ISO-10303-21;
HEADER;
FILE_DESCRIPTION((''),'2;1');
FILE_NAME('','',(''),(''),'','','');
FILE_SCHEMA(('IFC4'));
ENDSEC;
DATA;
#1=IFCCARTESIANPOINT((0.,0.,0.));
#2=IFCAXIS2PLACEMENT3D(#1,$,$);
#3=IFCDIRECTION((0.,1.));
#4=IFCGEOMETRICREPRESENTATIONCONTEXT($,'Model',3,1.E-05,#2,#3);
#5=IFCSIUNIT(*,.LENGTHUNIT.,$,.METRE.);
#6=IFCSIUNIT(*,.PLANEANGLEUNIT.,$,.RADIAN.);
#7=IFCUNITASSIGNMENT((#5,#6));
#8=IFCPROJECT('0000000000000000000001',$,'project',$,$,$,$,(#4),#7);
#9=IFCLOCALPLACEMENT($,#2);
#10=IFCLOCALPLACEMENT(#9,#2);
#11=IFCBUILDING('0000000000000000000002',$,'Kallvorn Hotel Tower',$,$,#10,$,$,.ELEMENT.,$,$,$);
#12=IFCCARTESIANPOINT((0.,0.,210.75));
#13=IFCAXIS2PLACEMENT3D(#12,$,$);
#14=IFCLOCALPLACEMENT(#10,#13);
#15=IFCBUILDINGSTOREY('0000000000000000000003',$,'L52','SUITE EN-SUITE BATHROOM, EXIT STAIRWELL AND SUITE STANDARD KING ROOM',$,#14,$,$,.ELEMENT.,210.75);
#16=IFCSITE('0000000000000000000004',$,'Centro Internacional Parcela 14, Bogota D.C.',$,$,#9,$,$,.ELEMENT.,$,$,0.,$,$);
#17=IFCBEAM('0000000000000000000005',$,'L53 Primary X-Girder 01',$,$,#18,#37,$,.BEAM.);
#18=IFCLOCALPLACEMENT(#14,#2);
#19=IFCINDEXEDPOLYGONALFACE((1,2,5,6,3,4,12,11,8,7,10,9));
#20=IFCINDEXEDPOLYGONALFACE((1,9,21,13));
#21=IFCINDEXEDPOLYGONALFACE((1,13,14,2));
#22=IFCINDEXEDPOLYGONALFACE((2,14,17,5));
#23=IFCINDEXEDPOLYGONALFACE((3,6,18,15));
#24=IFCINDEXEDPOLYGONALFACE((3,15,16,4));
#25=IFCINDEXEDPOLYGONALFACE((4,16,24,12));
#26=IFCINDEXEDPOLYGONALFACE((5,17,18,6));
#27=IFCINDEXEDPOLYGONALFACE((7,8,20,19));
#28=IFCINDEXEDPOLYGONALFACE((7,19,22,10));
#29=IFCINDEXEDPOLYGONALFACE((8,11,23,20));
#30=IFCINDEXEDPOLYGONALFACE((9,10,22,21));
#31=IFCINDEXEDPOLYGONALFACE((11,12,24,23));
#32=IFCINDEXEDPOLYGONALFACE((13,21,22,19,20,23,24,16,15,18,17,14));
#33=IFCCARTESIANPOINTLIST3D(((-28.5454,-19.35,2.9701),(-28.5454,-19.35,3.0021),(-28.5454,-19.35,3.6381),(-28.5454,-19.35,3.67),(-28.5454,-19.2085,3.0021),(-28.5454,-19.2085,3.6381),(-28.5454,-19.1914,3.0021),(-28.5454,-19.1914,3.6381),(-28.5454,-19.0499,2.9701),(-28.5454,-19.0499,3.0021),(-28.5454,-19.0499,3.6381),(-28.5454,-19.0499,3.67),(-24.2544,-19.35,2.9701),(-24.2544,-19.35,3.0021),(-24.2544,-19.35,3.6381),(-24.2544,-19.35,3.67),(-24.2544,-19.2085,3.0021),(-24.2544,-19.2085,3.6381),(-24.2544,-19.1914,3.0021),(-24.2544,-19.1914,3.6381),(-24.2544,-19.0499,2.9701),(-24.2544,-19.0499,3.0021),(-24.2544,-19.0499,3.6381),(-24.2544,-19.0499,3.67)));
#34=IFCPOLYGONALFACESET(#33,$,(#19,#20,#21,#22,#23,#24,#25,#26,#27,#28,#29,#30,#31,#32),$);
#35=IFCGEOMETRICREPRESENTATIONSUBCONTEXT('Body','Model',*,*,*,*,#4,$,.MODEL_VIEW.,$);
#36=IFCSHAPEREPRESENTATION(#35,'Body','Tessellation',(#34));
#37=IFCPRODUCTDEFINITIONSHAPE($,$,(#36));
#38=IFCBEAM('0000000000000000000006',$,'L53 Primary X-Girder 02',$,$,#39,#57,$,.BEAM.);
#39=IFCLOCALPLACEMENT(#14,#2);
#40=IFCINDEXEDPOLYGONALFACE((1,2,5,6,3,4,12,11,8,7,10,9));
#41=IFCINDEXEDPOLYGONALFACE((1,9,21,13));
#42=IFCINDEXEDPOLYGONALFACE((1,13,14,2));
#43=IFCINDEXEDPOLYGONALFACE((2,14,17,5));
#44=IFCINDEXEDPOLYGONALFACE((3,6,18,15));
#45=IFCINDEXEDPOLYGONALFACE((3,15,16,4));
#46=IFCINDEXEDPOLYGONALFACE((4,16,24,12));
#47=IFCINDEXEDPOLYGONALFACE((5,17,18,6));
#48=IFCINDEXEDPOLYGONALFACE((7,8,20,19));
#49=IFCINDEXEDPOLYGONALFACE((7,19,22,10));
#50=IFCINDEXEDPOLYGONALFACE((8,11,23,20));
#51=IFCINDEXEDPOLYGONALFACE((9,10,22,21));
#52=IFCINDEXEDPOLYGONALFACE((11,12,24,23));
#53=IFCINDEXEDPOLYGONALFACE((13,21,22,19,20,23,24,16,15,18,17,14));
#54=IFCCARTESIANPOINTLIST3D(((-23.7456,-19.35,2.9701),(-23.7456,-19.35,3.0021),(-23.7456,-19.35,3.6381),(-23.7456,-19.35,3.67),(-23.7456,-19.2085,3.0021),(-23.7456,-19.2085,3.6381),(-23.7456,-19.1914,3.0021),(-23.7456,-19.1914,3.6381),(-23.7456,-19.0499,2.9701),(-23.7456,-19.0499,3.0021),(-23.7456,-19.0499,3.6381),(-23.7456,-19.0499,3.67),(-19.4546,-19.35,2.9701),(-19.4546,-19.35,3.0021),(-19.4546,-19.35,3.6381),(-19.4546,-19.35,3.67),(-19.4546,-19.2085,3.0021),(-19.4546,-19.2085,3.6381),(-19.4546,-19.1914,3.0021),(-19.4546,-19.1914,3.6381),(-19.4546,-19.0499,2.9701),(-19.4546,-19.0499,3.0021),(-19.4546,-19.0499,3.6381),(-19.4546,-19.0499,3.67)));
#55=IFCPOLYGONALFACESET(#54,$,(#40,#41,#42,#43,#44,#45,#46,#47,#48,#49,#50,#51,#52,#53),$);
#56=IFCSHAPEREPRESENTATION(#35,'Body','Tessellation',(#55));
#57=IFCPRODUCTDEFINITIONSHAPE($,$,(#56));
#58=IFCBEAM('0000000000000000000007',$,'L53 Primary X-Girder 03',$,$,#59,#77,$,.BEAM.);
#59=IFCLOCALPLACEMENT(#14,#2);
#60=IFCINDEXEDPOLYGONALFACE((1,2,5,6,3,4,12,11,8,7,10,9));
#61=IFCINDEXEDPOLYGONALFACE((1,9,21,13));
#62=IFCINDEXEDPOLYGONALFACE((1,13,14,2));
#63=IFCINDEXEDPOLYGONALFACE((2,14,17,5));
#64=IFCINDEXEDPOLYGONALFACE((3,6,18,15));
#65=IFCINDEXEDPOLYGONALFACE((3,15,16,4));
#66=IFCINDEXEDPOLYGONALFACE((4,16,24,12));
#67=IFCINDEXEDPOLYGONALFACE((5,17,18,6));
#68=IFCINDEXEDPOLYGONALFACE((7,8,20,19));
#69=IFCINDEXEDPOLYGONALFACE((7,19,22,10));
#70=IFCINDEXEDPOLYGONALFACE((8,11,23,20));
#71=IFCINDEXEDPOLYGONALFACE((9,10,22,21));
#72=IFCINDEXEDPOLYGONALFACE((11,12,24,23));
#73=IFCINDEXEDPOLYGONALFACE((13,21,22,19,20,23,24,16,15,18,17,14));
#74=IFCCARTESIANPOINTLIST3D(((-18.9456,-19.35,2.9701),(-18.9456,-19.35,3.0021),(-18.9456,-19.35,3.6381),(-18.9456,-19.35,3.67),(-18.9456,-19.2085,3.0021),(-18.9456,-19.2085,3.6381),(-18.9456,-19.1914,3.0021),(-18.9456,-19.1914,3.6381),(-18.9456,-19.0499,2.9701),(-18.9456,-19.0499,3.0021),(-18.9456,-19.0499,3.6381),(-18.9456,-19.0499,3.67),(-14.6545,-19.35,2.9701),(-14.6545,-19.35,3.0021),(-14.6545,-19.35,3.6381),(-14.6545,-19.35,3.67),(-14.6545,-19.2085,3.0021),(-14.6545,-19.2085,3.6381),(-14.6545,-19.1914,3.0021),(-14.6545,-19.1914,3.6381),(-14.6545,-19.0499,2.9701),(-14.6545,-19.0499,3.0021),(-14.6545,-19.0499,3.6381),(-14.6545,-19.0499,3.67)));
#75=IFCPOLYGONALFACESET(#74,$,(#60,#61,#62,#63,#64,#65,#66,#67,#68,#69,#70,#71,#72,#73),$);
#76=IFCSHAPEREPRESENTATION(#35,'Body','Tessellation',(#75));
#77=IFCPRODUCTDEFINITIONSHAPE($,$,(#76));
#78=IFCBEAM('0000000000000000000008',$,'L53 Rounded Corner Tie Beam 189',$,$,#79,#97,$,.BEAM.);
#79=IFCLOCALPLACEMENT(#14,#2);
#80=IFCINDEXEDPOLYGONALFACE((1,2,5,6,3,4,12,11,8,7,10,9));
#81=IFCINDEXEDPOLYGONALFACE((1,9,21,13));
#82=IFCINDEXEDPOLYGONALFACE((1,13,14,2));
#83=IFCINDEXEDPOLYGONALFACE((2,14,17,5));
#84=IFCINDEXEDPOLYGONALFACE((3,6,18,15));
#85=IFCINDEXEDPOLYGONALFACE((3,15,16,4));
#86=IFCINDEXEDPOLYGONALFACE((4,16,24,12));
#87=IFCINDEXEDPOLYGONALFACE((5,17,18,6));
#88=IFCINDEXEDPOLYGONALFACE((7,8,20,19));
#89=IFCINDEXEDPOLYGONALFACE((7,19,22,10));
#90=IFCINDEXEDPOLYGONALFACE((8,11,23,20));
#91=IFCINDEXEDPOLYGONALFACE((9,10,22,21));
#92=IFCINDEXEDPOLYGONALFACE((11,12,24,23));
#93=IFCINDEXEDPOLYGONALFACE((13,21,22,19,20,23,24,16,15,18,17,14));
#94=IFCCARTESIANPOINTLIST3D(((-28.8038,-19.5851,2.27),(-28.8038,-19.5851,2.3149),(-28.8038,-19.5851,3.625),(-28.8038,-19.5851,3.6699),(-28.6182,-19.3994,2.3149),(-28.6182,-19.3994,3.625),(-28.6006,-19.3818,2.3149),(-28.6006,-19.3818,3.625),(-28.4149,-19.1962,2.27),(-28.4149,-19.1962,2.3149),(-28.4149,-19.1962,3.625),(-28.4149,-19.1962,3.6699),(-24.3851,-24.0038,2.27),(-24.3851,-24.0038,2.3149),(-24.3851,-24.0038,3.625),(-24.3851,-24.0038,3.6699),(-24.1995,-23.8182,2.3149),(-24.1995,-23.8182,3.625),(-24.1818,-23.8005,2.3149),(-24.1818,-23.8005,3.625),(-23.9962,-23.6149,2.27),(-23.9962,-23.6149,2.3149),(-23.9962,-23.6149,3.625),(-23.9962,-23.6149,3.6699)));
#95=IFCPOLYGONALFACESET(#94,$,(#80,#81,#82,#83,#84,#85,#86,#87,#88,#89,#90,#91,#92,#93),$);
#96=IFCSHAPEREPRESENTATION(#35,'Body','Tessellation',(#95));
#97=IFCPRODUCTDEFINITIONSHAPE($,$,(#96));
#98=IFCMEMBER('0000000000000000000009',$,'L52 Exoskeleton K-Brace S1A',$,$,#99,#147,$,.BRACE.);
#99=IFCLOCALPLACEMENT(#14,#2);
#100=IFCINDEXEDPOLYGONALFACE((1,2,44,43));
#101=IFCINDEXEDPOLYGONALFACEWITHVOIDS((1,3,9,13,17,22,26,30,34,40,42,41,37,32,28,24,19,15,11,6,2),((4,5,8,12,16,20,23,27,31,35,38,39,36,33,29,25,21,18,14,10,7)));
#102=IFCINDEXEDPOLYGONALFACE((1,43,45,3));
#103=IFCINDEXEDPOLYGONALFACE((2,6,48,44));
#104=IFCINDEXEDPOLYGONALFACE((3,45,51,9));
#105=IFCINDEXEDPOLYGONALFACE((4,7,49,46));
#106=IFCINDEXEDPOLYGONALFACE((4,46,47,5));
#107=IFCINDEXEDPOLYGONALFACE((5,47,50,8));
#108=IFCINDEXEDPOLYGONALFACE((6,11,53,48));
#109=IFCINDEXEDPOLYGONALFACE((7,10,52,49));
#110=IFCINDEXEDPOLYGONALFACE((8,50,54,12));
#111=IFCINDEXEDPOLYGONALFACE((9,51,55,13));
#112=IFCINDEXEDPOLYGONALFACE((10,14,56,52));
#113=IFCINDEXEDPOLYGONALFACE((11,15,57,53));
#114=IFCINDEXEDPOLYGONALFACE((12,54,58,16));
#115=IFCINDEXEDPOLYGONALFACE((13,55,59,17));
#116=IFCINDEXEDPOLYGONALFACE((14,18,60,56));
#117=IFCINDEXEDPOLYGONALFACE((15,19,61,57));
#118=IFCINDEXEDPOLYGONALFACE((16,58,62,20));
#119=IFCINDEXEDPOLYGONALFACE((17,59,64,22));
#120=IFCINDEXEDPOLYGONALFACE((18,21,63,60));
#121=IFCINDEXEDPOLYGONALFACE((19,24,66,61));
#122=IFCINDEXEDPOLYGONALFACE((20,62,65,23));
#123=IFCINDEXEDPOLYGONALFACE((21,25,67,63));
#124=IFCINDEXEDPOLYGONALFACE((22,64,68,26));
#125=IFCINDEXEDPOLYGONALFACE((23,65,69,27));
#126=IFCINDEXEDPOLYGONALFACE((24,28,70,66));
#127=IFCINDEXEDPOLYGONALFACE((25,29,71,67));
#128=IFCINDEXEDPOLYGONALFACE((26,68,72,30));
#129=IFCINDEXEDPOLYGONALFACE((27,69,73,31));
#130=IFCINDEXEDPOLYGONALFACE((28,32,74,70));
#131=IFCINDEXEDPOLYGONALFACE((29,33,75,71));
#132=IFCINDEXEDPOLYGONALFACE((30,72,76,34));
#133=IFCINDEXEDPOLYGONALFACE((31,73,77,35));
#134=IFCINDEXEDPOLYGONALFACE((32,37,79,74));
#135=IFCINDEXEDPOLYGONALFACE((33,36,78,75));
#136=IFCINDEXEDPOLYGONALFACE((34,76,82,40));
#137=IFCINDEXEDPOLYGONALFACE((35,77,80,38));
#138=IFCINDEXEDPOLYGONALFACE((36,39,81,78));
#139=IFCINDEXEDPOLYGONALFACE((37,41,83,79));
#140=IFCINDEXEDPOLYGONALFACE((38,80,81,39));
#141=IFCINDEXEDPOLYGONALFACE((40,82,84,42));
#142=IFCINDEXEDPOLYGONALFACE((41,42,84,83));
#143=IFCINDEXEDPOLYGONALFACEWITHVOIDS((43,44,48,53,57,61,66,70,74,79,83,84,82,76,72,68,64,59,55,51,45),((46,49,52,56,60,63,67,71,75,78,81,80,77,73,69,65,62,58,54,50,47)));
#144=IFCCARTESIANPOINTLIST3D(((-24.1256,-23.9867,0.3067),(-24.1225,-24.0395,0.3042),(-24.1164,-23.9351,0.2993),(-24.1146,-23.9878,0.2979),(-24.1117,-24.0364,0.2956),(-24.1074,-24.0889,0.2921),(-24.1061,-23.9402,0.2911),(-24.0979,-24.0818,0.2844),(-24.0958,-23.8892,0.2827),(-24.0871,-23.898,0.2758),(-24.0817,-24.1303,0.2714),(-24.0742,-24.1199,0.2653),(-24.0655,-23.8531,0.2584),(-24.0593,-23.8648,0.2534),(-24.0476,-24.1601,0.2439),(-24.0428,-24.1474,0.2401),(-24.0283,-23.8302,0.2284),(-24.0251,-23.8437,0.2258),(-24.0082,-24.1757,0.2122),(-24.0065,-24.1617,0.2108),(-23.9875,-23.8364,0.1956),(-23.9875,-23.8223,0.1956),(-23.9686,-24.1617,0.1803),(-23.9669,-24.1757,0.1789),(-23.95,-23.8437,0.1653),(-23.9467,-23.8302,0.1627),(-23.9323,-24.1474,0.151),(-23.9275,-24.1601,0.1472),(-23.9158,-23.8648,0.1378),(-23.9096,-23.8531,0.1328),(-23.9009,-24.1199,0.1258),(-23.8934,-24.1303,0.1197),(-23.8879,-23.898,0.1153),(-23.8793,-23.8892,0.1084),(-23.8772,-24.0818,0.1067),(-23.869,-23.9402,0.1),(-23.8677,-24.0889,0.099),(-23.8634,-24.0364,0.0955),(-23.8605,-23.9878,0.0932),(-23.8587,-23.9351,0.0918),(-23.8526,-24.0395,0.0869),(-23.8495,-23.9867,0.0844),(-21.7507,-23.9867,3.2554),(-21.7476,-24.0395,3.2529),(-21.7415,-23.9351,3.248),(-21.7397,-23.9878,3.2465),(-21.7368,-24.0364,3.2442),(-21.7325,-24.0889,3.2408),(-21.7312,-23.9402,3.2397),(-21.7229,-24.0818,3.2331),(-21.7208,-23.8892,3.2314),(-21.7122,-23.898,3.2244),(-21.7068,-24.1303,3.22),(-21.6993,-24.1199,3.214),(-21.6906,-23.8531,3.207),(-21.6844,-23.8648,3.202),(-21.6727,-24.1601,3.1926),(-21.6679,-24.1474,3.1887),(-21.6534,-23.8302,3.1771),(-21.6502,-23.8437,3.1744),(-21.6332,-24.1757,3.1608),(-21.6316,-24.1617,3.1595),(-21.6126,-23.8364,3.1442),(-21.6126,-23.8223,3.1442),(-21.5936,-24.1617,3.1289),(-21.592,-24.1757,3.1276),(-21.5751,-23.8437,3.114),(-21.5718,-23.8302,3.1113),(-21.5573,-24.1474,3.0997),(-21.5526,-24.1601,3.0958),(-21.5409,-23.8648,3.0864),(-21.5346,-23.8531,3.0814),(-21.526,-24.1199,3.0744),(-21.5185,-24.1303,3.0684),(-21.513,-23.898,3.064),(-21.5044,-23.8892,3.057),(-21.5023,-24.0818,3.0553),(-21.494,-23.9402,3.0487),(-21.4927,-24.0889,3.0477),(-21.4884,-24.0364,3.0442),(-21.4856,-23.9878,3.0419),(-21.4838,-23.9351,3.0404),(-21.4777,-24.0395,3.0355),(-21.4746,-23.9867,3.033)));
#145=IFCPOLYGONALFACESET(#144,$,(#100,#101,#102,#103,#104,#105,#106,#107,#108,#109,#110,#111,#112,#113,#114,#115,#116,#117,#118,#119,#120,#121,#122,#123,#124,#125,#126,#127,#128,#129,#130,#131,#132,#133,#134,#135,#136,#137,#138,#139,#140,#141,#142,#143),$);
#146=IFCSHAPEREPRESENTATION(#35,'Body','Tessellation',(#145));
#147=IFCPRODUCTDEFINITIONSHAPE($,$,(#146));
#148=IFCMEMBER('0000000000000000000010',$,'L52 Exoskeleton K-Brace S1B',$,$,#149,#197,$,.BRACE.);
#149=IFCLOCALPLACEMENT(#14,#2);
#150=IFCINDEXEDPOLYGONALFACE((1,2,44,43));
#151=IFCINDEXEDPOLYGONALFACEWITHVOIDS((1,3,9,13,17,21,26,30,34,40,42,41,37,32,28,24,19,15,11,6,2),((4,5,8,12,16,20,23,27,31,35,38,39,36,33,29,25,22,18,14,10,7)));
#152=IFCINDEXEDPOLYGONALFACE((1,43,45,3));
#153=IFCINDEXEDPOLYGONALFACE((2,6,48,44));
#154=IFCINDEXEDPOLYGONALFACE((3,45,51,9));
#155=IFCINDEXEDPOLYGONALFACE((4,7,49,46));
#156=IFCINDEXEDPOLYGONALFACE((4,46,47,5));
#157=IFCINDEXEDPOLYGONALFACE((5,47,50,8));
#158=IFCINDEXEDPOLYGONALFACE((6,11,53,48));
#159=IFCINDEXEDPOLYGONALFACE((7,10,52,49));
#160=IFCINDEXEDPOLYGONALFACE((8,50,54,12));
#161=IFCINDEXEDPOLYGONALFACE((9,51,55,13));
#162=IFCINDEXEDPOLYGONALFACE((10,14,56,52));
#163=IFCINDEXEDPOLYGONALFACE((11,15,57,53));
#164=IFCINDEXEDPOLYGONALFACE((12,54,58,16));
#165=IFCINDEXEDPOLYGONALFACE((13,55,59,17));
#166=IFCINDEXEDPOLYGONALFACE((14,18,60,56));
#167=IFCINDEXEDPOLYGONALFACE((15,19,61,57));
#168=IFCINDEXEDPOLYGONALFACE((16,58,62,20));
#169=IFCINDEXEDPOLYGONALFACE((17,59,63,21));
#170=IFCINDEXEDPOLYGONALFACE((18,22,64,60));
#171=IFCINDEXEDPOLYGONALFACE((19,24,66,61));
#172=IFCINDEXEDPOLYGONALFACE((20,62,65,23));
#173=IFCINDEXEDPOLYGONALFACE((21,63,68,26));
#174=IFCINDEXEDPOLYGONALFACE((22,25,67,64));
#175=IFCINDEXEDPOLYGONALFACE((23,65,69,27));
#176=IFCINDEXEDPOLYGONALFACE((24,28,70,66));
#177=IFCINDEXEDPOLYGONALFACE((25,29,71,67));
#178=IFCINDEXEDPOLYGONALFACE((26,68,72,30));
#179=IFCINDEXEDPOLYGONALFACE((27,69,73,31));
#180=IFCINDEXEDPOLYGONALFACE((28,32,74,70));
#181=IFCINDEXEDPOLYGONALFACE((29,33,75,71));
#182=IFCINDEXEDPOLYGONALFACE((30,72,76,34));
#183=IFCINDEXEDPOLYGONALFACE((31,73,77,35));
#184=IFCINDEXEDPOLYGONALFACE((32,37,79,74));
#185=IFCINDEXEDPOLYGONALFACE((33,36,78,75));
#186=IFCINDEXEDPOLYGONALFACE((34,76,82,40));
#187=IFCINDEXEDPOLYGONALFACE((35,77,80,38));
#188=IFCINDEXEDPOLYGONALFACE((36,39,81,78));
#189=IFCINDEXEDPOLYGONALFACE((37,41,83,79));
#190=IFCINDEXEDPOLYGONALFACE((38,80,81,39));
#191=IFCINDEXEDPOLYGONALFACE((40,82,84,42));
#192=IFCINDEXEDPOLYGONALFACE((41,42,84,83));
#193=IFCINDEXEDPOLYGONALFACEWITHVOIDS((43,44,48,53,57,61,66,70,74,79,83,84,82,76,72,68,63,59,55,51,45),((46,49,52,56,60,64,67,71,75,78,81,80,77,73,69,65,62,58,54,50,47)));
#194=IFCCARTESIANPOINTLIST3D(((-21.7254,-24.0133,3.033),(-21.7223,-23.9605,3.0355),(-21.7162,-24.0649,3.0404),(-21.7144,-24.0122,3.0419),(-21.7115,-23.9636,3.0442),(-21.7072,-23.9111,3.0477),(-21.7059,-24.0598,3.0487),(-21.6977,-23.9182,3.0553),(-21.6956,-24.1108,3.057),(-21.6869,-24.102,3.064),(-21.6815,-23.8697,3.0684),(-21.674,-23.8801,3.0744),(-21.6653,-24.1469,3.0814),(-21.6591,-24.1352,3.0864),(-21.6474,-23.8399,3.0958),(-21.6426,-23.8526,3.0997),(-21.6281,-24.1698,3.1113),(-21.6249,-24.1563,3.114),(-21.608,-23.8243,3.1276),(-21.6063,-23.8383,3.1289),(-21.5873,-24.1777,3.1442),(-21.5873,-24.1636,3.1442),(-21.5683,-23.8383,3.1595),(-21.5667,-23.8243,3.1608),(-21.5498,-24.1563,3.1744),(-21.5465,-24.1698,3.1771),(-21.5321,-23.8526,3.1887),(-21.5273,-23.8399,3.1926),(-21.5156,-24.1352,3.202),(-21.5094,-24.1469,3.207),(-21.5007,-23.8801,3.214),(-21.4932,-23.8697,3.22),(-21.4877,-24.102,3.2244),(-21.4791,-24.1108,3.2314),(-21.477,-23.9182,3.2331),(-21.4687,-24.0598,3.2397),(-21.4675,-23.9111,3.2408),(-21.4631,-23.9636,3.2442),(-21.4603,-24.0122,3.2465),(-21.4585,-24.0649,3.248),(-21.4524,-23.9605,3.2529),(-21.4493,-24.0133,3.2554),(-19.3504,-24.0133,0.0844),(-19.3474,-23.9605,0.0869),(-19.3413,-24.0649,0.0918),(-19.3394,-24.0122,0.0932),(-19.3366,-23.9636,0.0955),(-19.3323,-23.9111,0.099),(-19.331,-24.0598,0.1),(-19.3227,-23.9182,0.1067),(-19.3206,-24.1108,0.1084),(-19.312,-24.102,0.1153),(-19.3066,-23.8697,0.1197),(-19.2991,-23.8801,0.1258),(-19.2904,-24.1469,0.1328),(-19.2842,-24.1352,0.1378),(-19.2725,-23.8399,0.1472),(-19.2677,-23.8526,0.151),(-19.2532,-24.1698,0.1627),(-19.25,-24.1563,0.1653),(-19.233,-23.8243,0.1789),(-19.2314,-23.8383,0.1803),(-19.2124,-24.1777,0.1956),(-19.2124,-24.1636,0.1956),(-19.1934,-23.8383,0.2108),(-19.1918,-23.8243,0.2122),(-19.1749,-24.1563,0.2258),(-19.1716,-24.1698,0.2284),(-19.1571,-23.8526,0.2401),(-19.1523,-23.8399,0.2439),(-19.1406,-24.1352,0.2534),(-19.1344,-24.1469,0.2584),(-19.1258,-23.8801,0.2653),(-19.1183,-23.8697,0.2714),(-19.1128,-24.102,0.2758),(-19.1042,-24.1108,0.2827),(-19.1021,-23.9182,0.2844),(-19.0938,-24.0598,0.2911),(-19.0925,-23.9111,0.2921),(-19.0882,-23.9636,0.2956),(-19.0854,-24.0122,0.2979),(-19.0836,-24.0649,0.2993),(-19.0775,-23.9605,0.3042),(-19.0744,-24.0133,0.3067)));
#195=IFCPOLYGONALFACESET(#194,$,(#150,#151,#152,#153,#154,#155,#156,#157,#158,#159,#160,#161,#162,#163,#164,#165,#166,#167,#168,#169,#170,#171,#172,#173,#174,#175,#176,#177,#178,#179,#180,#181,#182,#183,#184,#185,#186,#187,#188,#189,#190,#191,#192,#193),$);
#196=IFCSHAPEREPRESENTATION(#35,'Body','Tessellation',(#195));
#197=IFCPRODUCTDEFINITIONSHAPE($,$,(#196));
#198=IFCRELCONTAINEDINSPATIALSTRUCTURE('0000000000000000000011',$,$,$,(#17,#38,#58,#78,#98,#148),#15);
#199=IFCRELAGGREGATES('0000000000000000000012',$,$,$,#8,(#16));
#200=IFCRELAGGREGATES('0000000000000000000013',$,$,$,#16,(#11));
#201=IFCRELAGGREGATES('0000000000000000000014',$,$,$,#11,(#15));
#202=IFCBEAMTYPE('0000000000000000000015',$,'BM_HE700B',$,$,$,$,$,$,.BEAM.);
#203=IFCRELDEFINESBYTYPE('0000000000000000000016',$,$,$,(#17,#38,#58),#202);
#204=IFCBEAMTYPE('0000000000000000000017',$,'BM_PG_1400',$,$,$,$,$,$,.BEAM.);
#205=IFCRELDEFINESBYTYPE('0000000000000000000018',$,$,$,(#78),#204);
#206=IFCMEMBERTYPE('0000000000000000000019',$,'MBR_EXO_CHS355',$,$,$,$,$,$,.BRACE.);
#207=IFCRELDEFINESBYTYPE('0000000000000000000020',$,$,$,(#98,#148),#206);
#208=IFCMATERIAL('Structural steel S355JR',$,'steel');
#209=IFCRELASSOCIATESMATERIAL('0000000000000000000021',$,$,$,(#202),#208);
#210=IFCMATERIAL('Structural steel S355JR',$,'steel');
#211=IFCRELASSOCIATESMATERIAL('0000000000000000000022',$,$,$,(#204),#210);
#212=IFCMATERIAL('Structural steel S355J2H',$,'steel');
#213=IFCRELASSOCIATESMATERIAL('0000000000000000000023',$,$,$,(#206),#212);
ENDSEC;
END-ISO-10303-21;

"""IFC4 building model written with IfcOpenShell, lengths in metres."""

from ifc_helpers import new_model, si_unit, direction, frame, origin, origin_2d, place, context, subcontext, project, spatial, hollow_circle, i_section, extrude, material, material_profile, profile_set, type_object, element, save


model = new_model("IFC4")

# Units and contexts
model_context = context("Model", 3, precision=1e-05, world=origin(), true_north=direction((0.0, 1.0)))
body_context = subcontext(model_context, "Body", "Model", "MODEL_VIEW")
ifc_project = project(units=[si_unit("LENGTHUNIT", "METRE"), si_unit("PLANEANGLEUNIT", "RADIAN")], contexts=[model_context])

# Site, building, storey
site_placement = place(None, origin())
site = spatial("IfcSite", under=ifc_project, at=site_placement, Name="Centro Internacional Parcela 14, Bogota D.C.", CompositionType="ELEMENT", RefElevation=0.0)
building_placement = place(site_placement, origin())
building = spatial("IfcBuilding", under=site, at=building_placement, Name="Kallvorn Hotel Tower", CompositionType="ELEMENT")
storey_placement = place(building_placement, frame((0.0, 0.0, 210.75)))
storey = spatial("IfcBuildingStorey", under=building, at=storey_placement, Name="L52", Description="SUITE EN-SUITE BATHROOM, EXIT STAIRWELL AND SUITE STANDARD KING ROOM", CompositionType="ELEMENT", Elevation=210.75)

# Beams
ifc_material_1 = material(Name="Structural steel S355JR", Category="steel")
ifc_material_profile_1 = material_profile(ifc_material_1, i_section(OverallWidth=0.3, OverallDepth=0.7, WebThickness=0.0171, FlangeThickness=0.032, at=origin_2d()), Name="HE 700 B")
ifc_profile_set_1 = profile_set([ifc_material_profile_1], Name="Structural steel S355JR")
beam_type_1 = type_object("IfcBeamType", Name="BM_HE700B", PredefinedType="BEAM", material=ifc_profile_set_1)
for number, where, z_axis, x_axis, name in (
    (1, (-28.5454, -19.2, 3.3201), (1.0, 0.0, 0.0), (0.0, 1.0, 0.0), "L53 Primary X-Girder 01"),
    (2, (-23.7456, -19.2, 3.3201), (1.0, 0.0, 0.0), (0.0, 1.0, 0.0), "L53 Primary X-Girder 02"),
    (3, (-18.9456, -19.2, 3.3201), (1.0, 0.0, 0.0), (0.0, 1.0, 0.0), "L53 Primary X-Girder 03"),
):
    element("IfcBeam", number, at=place(storey_placement, frame(where, z_axis=z_axis, x_axis=x_axis)), inside=storey, type_object=beam_type_1, Name=name, PredefinedType="BEAM", context=body_context, shape_type="SweptSolid", body=[
        extrude(i_section(OverallWidth=0.3, OverallDepth=0.7, WebThickness=0.0171, FlangeThickness=0.032, at=origin_2d()), origin(), (0.0, 0.0, 1.0), 4.291),
    ])
ifc_material_2 = material(Name="Structural steel S355JR", Category="steel")
ifc_material_profile_2 = material_profile(ifc_material_2, i_section(OverallWidth=0.55, OverallDepth=1.3999, WebThickness=0.0249, FlangeThickness=0.0449, at=origin_2d()), Name="PG 1400x550x25x45")
ifc_profile_set_2 = profile_set([ifc_material_profile_2], Name="Structural steel S355JR")
beam_type_2 = type_object("IfcBeamType", Name="BM_PG_1400", PredefinedType="BEAM", material=ifc_profile_set_2)
beam_placement = place(storey_placement, frame((-28.6094, -19.3906, 2.97), z_axis=(0.707107, -0.707107, 0.0), x_axis=(0.707107, 0.707107, 0.0)))
element("IfcBeam", 4, at=beam_placement, inside=storey, type_object=beam_type_2, Name="L53 Rounded Corner Tie Beam 189", PredefinedType="BEAM", context=body_context, shape_type="SweptSolid", body=[
    extrude(i_section(OverallWidth=0.55, OverallDepth=1.3999, WebThickness=0.0249, FlangeThickness=0.0449, at=origin_2d()), origin(), (0.0, 0.0, 1.0), 6.249),
])

# Members
ifc_material_3 = material(Name="Structural steel S355J2H", Category="steel")
ifc_material_profile_3 = material_profile(ifc_material_3, hollow_circle(Radius=0.1777, WallThickness=0.0142, at=origin_2d()), Name="CHS 355.6x14.2")
ifc_profile_set_3 = profile_set([ifc_material_profile_3], Name="Structural steel S355J2H")
member_type = type_object("IfcMemberType", Name="MBR_EXO_CHS355", PredefinedType="BRACE", material=ifc_profile_set_3)
for number, where, z_axis, x_axis, name in (
    (5, (-23.9875, -24.0, 0.1956), (0.627271, 0.0, 0.778801), (0.0, 1.0, 0.0), "L52 Exoskeleton K-Brace S1A"),
    (6, (-19.2124, -24.0, 0.1956), (-0.627271, 0.0, 0.778801), (0.0, -1.0, 0.0), "L52 Exoskeleton K-Brace S1B"),
):
    element("IfcMember", number, at=place(storey_placement, frame(where, z_axis=z_axis, x_axis=x_axis)), inside=storey, type_object=member_type, Name=name, PredefinedType="BRACE", context=body_context, shape_type="SweptSolid", body=[
        extrude(hollow_circle(Radius=0.1777, WallThickness=0.0142, at=origin_2d()), origin(), (0.0, 0.0, 1.0), 3.7861),
    ])

save(model, "model.ifc")
